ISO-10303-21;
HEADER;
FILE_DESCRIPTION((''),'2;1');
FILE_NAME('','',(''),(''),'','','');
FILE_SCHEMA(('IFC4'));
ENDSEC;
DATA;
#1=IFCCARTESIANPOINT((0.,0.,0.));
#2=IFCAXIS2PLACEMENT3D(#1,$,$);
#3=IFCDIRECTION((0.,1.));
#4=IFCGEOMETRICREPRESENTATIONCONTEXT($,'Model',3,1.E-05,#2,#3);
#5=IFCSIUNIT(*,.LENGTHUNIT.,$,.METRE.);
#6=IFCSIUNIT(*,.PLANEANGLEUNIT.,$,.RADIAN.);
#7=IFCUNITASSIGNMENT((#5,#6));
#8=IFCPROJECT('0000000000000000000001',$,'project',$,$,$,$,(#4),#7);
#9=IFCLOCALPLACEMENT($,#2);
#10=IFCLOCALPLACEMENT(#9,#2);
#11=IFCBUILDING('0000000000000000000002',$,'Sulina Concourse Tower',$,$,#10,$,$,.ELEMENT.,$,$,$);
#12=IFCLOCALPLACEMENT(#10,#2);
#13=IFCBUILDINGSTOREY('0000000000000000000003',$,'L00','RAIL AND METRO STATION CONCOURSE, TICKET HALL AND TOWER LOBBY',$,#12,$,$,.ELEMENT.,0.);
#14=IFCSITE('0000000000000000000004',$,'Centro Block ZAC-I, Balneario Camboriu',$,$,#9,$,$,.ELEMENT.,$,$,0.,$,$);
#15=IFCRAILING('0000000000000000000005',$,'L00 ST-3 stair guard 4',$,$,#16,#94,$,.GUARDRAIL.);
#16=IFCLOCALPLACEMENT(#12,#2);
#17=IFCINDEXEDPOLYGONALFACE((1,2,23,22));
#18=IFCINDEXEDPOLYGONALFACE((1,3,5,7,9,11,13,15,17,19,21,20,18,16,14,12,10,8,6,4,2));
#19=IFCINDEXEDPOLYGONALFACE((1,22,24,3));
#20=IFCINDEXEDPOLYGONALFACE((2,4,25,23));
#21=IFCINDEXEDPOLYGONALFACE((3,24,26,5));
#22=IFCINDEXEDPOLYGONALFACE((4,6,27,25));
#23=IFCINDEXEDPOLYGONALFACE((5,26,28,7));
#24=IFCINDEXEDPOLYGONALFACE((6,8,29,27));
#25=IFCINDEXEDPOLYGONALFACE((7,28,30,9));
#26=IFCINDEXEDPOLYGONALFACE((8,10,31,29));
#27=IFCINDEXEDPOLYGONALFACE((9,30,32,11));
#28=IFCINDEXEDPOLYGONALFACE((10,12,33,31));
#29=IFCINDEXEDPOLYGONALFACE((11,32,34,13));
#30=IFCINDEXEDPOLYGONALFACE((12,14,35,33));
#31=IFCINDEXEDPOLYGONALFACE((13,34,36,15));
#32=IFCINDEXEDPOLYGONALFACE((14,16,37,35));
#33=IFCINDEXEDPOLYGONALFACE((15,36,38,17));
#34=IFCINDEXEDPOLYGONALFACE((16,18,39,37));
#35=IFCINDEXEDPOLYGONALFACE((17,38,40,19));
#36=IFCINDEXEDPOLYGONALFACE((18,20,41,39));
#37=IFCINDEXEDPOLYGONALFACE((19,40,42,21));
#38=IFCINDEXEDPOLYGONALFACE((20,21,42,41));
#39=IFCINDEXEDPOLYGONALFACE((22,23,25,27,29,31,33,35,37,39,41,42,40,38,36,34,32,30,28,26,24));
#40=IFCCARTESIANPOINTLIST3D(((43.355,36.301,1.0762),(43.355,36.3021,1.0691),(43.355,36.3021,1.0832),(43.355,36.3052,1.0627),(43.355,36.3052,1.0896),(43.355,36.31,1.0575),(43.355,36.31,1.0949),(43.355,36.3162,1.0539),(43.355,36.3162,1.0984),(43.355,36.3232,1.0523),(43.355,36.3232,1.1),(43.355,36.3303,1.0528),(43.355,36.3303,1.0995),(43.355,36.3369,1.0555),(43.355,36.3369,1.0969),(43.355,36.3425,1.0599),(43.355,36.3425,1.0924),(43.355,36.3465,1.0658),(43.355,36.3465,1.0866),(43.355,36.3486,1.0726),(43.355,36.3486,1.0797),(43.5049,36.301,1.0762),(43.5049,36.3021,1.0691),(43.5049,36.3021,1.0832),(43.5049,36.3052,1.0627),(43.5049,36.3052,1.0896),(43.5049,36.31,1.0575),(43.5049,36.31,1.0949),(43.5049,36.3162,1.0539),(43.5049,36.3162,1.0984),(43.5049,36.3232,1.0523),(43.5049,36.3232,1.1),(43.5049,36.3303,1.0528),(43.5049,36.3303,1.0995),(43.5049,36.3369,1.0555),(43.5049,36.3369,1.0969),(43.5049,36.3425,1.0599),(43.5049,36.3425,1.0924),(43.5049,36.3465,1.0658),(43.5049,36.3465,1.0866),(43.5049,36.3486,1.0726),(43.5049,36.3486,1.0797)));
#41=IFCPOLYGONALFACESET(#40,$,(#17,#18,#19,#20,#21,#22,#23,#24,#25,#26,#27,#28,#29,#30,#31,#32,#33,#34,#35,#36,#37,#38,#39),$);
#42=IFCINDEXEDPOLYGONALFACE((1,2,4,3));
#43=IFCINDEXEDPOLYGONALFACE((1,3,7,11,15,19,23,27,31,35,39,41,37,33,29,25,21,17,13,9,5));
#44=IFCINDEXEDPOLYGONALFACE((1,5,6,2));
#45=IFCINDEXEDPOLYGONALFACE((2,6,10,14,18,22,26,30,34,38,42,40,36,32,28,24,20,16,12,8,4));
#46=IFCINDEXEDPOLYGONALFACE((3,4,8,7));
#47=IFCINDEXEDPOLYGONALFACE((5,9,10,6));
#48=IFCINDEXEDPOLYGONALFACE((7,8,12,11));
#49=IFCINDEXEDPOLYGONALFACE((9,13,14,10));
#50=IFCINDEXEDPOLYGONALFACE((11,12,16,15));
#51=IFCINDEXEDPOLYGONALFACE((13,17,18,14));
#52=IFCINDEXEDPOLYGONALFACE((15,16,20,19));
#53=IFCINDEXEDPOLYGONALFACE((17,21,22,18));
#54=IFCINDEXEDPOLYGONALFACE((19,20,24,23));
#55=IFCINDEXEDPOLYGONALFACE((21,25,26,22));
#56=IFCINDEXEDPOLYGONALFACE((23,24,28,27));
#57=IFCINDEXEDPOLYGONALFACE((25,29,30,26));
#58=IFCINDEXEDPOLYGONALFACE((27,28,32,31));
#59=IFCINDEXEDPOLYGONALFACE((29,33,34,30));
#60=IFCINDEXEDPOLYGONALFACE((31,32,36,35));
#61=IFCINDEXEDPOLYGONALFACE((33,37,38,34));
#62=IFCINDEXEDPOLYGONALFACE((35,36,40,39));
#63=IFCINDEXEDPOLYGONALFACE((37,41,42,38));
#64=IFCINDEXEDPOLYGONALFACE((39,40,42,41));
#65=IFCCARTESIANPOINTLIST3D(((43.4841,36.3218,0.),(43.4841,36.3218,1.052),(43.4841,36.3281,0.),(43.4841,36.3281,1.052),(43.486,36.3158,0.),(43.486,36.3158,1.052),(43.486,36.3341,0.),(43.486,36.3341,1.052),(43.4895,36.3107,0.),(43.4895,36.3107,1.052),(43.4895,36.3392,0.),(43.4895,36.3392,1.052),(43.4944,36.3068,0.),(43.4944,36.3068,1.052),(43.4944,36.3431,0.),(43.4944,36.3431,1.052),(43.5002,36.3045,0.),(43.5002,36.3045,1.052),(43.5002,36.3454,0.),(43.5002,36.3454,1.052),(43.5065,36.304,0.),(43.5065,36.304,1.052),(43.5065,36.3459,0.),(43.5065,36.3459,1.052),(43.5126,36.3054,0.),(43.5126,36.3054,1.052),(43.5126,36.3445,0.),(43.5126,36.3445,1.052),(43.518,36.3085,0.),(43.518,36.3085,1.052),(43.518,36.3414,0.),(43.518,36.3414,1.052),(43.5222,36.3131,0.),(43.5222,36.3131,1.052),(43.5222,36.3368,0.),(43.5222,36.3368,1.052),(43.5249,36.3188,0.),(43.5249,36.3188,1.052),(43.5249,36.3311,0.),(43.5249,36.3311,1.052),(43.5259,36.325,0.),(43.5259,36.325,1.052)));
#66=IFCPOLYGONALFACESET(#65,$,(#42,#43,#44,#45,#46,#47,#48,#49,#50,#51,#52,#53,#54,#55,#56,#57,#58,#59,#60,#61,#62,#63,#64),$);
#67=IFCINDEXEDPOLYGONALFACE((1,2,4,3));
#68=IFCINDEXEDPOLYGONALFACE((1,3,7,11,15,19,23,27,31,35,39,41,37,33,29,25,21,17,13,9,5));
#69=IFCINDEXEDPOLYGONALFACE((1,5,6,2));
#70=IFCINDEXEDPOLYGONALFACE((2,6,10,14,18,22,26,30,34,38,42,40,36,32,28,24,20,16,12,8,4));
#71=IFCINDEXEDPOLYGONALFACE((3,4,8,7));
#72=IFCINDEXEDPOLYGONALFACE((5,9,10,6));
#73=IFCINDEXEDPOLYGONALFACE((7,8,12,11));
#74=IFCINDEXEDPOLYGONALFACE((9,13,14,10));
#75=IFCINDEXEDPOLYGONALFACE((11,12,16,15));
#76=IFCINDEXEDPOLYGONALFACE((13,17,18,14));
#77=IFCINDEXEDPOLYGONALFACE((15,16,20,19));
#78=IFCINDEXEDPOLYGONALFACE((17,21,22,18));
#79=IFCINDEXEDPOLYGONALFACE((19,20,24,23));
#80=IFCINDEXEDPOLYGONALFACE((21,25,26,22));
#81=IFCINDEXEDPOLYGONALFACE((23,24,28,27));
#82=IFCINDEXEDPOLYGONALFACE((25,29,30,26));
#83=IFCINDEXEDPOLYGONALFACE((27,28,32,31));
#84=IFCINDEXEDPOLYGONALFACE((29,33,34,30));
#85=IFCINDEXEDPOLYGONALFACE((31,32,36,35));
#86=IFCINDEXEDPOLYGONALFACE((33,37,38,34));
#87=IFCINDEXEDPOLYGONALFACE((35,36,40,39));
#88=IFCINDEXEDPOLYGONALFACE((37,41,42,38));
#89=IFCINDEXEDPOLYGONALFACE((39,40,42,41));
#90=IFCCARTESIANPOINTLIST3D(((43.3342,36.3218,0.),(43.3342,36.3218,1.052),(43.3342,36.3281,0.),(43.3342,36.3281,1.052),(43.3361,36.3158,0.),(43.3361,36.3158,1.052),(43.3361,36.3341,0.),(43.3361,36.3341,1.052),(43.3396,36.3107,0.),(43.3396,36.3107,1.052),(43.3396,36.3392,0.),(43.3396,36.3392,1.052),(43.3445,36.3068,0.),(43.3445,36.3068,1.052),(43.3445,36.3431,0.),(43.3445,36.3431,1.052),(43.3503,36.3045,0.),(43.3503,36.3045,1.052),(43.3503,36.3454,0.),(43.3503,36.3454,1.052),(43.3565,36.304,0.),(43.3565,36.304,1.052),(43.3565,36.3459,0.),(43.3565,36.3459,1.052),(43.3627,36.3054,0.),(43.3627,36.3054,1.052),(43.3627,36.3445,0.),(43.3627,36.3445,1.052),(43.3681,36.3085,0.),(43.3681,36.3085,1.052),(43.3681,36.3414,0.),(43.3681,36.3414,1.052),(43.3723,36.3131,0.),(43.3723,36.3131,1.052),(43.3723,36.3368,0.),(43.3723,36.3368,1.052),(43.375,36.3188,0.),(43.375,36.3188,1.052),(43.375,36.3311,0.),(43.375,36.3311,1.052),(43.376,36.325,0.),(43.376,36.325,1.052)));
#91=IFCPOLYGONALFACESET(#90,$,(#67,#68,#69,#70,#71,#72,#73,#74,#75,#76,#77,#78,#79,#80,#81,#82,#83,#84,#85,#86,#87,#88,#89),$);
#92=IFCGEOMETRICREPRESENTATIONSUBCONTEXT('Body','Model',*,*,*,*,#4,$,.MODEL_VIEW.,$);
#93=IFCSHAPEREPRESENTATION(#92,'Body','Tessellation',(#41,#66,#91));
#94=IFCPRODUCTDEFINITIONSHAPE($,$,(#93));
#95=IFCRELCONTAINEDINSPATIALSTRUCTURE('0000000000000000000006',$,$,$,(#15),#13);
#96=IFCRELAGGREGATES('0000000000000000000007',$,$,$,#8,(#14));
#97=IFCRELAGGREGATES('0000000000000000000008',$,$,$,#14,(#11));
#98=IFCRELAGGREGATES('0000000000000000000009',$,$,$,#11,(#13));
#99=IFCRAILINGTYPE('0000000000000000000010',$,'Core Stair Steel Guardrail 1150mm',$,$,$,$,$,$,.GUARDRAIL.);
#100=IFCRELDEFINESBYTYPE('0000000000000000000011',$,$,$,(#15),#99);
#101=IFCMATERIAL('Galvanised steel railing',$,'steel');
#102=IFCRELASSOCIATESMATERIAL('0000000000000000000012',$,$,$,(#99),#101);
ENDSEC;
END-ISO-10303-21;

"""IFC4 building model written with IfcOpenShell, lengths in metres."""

from ifc_helpers import new_model, si_unit, direction, frame, origin, origin_2d, place, context, subcontext, project, spatial, circle, extrude, material, type_object, element, save


model = new_model("IFC4")

# Units and contexts
model_context = context("Model", 3, precision=1e-05, world=origin(), true_north=direction((0.0, 1.0)))
body_context = subcontext(model_context, "Body", "Model", "MODEL_VIEW")
ifc_project = project(units=[si_unit("LENGTHUNIT", "METRE"), si_unit("PLANEANGLEUNIT", "RADIAN")], contexts=[model_context])

# Site, building, storey
site_placement = place(None, origin())
site = spatial("IfcSite", under=ifc_project, at=site_placement, Name="Centro Block ZAC-I, Balneario Camboriu", CompositionType="ELEMENT", RefElevation=0.0)
building_placement = place(site_placement, origin())
building = spatial("IfcBuilding", under=site, at=building_placement, Name="Sulina Concourse Tower", CompositionType="ELEMENT")
storey_placement = place(building_placement, origin())
storey = spatial("IfcBuildingStorey", under=building, at=storey_placement, Name="L00", Description="RAIL AND METRO STATION CONCOURSE, TICKET HALL AND TOWER LOBBY", CompositionType="ELEMENT", Elevation=0.0)

# Railing
ifc_material_1 = material(Name="Galvanised steel railing", Category="steel")
railing_type_1 = type_object("IfcRailingType", Name="Core Stair Steel Guardrail 1150mm", PredefinedType="GUARDRAIL", material=ifc_material_1)
railing_1_placement = place(storey_placement, frame((43.5049, 36.325, 0.0)))
element("IfcRailing", 1, at=railing_1_placement, inside=storey, type_object=railing_type_1, Name="L00 ST-3 stair guard 4", PredefinedType="GUARDRAIL", context=body_context, shape_type="SweptSolid", body=[
    extrude(circle(Radius=0.0239, at=origin_2d()), frame((0.0, 0.0, 1.0762), z_axis=(-1.0, 0.0, 0.0), x_axis=(0.0, -1.0, 0.0)), (0.0, 0.0, 1.0), 0.1499),
    extrude(circle(Radius=0.021, at=origin_2d()), origin(), (0.0, 0.0, 1.0), 1.052),
    extrude(circle(Radius=0.021, at=origin_2d()), frame((-0.1499, 0.0, 0.0)), (0.0, 0.0, 1.0), 1.052),
])

save(model, "model.ifc")
